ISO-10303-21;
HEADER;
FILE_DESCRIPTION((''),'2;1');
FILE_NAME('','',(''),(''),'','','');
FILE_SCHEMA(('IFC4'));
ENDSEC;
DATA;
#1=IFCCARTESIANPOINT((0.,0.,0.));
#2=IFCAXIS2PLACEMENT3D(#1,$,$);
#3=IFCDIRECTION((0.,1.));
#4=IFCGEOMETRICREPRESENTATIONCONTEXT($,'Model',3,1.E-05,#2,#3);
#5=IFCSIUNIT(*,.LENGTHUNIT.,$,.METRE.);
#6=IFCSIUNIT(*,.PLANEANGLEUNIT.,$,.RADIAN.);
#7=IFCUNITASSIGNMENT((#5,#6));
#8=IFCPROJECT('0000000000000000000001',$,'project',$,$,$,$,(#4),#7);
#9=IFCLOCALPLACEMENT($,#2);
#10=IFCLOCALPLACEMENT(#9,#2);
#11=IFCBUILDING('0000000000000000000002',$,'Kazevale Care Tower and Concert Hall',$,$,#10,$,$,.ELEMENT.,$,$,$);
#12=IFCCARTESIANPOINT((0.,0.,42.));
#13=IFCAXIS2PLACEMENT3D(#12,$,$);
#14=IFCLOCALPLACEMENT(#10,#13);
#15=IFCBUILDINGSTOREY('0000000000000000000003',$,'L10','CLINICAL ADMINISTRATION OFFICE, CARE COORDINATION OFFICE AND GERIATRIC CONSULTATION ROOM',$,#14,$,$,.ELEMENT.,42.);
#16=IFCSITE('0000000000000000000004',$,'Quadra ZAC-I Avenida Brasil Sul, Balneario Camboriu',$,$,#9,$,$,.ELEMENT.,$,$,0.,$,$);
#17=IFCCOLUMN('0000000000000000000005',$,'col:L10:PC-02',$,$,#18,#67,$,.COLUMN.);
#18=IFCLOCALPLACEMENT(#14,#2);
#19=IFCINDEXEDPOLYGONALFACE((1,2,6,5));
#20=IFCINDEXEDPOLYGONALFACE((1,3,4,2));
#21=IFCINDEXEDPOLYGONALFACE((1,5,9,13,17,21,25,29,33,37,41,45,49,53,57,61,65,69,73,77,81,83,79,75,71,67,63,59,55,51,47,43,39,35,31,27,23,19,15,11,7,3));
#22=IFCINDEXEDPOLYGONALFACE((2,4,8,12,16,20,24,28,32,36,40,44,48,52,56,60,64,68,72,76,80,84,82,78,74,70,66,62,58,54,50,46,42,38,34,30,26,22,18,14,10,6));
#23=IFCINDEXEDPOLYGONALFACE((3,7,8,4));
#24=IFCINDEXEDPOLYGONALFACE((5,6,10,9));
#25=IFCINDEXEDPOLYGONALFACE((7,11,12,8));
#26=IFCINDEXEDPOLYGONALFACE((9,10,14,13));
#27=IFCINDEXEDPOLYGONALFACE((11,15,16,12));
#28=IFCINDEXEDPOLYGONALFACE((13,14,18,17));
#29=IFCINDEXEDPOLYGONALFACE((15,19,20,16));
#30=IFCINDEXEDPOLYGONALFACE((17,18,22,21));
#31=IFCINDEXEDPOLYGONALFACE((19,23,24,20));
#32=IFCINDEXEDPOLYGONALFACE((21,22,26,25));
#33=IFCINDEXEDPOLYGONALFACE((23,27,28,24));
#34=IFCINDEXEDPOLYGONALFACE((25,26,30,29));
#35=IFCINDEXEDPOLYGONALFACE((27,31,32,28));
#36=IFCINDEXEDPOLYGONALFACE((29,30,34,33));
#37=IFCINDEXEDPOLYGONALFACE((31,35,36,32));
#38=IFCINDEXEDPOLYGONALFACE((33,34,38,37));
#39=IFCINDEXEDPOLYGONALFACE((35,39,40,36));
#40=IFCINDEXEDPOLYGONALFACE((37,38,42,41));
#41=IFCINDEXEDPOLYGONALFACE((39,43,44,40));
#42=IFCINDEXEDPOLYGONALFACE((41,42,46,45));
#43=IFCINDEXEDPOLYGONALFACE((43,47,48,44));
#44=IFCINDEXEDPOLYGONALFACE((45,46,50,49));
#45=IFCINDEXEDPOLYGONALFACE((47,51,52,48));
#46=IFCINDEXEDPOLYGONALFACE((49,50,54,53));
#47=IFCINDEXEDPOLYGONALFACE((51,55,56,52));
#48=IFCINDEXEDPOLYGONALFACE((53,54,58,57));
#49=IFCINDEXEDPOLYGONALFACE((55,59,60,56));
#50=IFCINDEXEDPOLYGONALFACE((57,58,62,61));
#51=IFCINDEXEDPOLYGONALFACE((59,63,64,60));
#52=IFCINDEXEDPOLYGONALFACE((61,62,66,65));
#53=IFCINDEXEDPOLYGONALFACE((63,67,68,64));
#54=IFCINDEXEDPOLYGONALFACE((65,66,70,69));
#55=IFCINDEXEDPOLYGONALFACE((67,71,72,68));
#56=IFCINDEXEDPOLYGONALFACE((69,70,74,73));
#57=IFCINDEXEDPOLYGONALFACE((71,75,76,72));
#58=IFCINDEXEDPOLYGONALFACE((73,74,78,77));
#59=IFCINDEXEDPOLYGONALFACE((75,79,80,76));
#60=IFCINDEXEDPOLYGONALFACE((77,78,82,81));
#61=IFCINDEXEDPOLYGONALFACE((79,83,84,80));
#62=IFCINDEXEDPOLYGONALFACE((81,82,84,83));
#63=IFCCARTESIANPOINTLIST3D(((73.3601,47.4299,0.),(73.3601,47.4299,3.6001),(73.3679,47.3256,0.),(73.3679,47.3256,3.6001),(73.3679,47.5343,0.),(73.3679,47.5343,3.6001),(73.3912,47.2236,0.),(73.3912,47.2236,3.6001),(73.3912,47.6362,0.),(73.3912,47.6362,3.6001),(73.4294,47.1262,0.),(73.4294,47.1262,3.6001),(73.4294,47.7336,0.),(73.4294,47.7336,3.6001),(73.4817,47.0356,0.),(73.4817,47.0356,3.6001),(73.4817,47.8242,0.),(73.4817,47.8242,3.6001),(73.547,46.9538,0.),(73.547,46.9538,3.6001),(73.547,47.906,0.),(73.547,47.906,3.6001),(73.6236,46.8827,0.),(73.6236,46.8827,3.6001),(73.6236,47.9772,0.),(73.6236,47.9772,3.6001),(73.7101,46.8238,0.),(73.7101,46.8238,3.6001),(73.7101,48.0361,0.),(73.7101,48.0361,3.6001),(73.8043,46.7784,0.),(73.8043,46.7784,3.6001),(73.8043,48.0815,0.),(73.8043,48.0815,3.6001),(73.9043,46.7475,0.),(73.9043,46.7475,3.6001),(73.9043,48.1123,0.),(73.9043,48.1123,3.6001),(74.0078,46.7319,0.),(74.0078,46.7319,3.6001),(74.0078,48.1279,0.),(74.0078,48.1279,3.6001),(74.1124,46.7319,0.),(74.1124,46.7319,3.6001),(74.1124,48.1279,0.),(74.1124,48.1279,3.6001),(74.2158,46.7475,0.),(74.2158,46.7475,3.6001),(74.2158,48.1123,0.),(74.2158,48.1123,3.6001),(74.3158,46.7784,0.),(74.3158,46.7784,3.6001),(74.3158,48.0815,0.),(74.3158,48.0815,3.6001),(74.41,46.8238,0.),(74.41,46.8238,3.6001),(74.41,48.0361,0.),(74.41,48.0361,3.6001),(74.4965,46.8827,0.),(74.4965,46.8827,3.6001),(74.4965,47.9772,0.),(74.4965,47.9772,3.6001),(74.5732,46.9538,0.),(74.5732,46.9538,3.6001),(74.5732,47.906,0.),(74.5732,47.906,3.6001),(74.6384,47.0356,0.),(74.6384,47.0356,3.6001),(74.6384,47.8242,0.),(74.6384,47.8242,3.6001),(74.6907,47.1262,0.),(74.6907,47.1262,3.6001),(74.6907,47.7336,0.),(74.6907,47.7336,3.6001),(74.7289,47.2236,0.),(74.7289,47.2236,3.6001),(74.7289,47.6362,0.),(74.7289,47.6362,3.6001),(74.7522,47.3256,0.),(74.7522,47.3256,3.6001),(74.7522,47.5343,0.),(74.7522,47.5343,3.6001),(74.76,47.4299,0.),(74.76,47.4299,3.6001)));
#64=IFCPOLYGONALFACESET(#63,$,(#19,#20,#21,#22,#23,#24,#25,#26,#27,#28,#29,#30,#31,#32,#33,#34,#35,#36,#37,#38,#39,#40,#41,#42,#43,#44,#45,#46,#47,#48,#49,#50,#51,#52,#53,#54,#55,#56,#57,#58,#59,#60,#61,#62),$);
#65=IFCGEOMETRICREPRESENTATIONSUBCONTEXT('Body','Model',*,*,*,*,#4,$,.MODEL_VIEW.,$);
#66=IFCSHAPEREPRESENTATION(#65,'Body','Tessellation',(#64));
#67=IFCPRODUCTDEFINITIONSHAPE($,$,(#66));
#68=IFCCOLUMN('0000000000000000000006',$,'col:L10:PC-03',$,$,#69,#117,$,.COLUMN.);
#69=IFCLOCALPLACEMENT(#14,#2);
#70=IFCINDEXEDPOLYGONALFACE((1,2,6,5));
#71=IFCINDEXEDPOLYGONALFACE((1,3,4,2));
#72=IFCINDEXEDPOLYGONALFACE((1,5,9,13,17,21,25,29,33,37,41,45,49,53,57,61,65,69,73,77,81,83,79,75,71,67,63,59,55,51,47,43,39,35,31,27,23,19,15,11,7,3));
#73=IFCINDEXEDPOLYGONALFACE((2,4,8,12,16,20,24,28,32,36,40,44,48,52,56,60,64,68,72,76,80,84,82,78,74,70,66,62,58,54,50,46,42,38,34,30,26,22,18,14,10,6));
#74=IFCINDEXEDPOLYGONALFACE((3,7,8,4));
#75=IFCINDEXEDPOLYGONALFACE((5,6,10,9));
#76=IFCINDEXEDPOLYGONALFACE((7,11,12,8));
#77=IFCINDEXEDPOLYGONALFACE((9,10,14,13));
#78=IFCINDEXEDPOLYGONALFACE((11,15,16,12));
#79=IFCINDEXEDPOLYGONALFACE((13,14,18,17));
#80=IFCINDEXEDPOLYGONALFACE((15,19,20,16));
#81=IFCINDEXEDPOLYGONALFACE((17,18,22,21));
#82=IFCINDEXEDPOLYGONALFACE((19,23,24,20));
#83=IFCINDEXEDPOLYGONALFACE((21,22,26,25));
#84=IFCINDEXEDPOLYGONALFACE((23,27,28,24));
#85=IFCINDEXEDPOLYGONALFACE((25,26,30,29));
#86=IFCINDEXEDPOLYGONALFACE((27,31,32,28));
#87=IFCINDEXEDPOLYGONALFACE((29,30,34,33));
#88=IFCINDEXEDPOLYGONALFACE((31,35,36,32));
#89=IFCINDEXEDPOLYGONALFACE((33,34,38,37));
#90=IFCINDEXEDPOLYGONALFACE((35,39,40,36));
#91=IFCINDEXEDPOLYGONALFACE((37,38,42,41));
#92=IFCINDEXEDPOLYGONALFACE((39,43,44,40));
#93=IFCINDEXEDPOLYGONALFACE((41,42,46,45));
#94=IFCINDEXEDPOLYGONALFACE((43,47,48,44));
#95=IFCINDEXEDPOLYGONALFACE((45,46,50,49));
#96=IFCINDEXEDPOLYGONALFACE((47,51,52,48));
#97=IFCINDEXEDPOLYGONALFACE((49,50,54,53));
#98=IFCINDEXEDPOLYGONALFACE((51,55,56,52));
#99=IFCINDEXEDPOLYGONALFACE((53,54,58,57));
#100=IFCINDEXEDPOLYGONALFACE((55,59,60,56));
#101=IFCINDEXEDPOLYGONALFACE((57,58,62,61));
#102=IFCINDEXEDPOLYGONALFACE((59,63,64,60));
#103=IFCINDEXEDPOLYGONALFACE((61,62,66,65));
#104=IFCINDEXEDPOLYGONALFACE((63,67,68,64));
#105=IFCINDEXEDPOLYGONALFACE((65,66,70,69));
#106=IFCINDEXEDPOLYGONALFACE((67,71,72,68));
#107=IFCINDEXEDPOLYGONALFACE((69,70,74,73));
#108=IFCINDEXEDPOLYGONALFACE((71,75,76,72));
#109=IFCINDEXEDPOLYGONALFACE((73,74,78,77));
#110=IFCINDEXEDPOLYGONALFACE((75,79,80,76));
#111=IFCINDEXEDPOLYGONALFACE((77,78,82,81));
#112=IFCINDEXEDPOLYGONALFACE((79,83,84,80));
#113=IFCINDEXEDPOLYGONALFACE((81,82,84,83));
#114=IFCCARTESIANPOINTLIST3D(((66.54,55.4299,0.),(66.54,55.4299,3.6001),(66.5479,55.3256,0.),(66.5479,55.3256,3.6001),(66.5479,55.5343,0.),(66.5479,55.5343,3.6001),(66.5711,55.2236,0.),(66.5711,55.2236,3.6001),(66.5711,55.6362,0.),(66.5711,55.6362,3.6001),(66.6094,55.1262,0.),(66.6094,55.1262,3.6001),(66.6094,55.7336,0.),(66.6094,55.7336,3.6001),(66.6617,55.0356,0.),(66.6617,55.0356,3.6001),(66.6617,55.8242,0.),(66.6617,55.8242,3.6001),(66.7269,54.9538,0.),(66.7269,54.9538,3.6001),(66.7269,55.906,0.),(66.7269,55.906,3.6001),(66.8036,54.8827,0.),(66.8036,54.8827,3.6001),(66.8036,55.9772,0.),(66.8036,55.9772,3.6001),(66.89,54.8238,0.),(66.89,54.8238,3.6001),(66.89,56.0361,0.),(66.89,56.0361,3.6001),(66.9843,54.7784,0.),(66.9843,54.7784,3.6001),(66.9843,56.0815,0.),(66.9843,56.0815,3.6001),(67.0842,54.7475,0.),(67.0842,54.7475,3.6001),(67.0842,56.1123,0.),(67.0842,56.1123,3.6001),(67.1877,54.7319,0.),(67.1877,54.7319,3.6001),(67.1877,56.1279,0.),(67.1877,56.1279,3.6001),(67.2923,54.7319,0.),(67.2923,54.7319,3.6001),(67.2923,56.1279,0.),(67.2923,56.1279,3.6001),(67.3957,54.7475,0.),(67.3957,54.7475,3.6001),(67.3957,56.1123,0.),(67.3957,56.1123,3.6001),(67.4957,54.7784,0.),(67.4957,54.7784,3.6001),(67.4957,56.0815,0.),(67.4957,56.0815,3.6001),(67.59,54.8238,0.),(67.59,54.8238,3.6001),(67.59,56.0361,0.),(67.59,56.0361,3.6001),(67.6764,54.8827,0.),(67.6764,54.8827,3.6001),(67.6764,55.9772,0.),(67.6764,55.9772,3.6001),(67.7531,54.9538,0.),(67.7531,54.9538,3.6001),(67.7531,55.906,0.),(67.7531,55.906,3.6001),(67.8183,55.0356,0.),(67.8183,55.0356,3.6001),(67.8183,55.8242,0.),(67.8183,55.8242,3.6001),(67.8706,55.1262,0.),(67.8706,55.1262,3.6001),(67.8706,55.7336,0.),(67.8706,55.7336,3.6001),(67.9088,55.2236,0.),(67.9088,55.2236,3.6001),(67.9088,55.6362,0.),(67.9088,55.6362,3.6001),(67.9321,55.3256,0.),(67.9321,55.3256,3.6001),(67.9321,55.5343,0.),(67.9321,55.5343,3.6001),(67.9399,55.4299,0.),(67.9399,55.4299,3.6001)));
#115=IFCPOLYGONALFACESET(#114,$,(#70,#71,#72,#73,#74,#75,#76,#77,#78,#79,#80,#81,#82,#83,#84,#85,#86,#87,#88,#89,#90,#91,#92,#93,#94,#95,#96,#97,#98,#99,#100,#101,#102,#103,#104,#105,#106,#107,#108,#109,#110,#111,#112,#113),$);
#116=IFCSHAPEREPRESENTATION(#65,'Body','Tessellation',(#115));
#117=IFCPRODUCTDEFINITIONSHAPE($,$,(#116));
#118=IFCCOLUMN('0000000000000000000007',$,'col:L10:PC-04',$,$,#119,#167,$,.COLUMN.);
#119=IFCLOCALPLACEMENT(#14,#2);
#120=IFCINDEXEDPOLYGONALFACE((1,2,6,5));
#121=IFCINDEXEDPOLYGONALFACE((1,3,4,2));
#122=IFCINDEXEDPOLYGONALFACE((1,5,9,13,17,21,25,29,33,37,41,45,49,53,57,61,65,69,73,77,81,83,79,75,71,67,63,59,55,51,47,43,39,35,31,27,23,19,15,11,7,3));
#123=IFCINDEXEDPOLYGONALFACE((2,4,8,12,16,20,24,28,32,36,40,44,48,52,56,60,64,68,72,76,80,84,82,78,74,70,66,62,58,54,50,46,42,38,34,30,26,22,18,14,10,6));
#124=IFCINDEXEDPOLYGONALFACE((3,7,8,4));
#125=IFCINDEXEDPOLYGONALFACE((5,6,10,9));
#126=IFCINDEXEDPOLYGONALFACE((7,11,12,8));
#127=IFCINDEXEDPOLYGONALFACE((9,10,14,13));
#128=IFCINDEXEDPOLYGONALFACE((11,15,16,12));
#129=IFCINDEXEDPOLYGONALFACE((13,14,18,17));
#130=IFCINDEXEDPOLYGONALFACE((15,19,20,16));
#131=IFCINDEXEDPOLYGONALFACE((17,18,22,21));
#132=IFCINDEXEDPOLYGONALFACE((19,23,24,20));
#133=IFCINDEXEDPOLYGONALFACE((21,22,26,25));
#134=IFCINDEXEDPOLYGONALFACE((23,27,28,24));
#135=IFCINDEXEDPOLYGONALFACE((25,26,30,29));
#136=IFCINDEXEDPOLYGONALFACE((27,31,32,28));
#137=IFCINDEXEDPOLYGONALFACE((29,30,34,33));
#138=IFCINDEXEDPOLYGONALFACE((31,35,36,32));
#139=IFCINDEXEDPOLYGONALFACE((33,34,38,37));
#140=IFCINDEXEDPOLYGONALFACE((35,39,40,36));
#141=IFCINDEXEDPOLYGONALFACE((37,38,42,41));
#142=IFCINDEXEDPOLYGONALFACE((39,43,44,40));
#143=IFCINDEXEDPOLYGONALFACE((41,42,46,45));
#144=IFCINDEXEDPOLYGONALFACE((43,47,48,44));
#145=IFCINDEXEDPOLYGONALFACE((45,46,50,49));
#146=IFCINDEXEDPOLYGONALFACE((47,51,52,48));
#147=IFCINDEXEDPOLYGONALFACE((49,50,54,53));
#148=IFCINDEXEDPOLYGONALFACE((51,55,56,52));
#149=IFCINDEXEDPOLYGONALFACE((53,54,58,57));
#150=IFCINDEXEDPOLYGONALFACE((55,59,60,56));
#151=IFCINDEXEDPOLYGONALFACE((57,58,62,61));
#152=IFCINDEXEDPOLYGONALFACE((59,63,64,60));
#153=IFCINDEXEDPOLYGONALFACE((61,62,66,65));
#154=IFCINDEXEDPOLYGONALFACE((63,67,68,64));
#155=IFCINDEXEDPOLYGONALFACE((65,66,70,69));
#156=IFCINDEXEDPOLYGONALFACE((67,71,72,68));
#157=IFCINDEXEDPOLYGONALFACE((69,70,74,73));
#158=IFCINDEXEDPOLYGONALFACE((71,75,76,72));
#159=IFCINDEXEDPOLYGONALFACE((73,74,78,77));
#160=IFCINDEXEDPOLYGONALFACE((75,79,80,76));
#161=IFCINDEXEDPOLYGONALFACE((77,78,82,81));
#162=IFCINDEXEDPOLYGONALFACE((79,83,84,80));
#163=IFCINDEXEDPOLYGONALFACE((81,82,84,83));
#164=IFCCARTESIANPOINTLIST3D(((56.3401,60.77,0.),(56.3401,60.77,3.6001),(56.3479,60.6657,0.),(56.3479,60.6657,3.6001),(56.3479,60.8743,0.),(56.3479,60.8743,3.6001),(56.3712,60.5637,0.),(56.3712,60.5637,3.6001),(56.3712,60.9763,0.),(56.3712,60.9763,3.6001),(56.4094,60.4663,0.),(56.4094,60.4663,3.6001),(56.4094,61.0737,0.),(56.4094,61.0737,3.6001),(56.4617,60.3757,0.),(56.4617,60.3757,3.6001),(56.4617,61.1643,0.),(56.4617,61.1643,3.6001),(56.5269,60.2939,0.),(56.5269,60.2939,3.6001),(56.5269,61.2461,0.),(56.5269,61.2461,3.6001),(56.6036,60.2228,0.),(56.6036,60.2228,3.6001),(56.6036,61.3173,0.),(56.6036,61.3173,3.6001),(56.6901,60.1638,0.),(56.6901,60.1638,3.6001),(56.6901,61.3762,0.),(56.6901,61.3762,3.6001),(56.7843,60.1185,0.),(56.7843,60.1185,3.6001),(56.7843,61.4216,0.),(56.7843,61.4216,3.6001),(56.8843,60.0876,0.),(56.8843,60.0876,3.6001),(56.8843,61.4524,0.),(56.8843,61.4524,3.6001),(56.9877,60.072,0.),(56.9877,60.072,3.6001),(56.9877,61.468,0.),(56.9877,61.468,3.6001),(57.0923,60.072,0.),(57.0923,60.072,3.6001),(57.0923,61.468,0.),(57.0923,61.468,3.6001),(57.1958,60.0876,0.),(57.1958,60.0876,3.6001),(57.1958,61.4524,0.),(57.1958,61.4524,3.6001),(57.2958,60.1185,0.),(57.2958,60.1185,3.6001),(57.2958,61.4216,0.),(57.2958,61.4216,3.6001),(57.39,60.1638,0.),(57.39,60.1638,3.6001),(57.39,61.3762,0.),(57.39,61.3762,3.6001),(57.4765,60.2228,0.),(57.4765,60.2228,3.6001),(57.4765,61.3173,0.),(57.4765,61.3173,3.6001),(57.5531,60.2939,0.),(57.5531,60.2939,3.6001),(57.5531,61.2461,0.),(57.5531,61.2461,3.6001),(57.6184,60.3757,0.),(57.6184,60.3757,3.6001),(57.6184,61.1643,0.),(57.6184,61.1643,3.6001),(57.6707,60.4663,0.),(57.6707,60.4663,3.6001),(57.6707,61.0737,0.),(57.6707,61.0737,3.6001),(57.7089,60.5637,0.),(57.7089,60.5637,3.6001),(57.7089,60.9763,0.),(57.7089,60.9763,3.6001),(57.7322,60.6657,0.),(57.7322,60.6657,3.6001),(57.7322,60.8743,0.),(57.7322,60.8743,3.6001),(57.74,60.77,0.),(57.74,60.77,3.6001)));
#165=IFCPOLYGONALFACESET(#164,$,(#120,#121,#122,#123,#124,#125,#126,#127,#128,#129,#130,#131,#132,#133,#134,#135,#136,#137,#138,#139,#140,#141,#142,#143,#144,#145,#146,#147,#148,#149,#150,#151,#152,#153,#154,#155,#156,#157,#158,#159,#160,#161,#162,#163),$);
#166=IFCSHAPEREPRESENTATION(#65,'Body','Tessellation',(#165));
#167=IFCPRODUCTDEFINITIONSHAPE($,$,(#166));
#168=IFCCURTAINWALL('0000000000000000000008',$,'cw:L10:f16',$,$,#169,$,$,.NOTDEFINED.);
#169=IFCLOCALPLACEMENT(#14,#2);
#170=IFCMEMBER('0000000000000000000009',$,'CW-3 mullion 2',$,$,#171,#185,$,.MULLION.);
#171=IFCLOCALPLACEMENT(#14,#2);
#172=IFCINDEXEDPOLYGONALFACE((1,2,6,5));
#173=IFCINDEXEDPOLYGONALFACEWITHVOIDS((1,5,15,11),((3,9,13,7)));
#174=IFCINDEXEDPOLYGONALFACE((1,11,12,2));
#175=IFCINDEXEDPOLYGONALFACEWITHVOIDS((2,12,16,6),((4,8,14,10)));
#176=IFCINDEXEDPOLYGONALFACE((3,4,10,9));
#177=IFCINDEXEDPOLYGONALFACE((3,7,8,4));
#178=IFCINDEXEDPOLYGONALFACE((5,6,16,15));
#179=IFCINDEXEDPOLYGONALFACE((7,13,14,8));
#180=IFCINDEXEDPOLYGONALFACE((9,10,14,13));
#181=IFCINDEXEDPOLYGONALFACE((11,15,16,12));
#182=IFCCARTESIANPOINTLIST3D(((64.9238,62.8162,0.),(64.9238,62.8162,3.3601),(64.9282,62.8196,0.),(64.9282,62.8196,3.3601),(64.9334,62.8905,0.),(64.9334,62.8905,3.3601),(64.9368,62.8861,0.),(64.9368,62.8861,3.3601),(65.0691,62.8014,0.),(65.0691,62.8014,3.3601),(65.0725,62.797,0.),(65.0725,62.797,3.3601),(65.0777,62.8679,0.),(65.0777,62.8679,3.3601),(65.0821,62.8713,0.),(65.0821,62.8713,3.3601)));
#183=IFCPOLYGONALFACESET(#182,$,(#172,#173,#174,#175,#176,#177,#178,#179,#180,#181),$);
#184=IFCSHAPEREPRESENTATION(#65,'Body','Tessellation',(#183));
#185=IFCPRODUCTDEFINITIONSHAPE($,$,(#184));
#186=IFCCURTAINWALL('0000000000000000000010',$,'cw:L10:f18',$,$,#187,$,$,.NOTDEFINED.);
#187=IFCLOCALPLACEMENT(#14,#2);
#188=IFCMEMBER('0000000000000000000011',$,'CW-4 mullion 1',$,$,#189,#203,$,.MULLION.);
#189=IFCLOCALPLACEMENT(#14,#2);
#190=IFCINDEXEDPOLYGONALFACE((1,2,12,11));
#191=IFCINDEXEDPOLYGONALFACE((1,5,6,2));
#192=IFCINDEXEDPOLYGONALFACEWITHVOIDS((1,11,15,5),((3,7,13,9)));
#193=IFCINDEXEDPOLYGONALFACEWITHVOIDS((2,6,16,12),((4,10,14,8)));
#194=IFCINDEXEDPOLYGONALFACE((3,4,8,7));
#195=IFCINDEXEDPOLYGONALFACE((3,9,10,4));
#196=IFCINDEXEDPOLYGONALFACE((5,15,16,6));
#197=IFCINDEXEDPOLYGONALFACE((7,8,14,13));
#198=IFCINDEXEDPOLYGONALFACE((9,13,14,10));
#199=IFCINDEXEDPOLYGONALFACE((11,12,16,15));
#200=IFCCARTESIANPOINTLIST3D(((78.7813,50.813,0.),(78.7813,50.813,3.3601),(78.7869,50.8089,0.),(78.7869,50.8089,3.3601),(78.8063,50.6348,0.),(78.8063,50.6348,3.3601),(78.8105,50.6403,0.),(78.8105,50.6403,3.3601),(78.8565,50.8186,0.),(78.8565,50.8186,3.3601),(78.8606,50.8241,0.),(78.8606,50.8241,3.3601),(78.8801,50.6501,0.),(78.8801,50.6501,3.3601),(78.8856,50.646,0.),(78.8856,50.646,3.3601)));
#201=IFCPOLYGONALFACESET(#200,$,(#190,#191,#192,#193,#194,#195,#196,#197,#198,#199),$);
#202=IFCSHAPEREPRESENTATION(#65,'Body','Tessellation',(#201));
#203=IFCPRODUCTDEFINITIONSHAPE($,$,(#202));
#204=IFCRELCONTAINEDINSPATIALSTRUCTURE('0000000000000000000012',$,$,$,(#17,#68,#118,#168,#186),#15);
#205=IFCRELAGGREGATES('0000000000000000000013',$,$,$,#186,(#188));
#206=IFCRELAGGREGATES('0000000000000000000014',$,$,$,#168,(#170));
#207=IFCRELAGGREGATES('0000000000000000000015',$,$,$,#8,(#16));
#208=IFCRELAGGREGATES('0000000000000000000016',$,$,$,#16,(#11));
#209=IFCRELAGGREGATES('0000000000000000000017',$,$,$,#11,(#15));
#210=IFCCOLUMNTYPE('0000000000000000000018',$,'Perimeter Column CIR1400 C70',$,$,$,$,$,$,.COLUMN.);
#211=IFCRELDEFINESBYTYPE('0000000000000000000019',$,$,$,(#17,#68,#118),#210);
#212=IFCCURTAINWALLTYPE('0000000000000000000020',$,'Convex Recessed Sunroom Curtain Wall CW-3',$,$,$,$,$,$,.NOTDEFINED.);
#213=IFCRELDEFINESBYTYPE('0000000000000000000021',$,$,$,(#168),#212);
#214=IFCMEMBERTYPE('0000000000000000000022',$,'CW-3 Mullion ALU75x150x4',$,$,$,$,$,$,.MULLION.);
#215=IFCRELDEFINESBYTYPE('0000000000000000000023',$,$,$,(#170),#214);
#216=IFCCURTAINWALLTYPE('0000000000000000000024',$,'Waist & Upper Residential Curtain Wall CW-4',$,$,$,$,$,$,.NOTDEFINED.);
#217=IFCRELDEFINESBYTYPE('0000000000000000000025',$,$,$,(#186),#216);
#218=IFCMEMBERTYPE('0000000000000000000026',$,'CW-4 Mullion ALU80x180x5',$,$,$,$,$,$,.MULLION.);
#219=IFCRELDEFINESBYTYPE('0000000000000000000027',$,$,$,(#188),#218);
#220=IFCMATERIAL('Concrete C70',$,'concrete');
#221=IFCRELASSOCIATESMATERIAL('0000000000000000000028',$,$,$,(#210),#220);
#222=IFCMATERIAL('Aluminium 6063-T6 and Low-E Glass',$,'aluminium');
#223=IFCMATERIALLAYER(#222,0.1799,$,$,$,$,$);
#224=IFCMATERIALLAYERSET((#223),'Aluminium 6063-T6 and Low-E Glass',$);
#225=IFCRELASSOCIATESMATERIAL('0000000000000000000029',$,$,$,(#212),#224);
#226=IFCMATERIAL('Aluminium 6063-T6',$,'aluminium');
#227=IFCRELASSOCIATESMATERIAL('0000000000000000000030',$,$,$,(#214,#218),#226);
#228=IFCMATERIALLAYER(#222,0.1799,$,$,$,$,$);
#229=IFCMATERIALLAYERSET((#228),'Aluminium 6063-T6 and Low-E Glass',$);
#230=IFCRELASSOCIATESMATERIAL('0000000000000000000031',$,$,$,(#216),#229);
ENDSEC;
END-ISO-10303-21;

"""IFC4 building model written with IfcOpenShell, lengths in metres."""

from ifc_helpers import new_model, si_unit, direction, frame, origin, origin_2d, place, context, subcontext, project, spatial, hollow_rectangle, circle, extrude, material, layer, layer_set, material_profile, profile_set, type_object, element, aggregate, save


model = new_model("IFC4")

# Units and contexts
model_context = context("Model", 3, precision=1e-05, world=origin(), true_north=direction((0.0, 1.0)))
body_context = subcontext(model_context, "Body", "Model", "MODEL_VIEW")
ifc_project = project(units=[si_unit("LENGTHUNIT", "METRE"), si_unit("PLANEANGLEUNIT", "RADIAN")], contexts=[model_context])

# Site, building, storey
site_placement = place(None, origin())
site = spatial("IfcSite", under=ifc_project, at=site_placement, Name="Quadra ZAC-I Avenida Brasil Sul, Balneario Camboriu", CompositionType="ELEMENT", RefElevation=0.0)
building_placement = place(site_placement, origin())
building = spatial("IfcBuilding", under=site, at=building_placement, Name="Kazevale Care Tower and Concert Hall", CompositionType="ELEMENT")
storey_placement = place(building_placement, frame((0.0, 0.0, 42.0)))
storey = spatial("IfcBuildingStorey", under=building, at=storey_placement, Name="L10", Description="CLINICAL ADMINISTRATION OFFICE, CARE COORDINATION OFFICE AND GERIATRIC CONSULTATION ROOM", CompositionType="ELEMENT", Elevation=42.0)

# Columns
ifc_material_1 = material(Name="Concrete C70", Category="concrete")
ifc_material_profile_1 = material_profile(ifc_material_1, circle(Radius=0.7, at=origin_2d()), Name="RC-CIR1400")
ifc_profile_set_1 = profile_set([ifc_material_profile_1], Name="Concrete C70")
column_type = type_object("IfcColumnType", Name="Perimeter Column CIR1400 C70", PredefinedType="COLUMN", material=ifc_profile_set_1)
for number, where, z_axis, x_axis, name in (
    (1, (74.0601, 47.4299, 0.0), (0.0, 0.0, 1.0), (1.0, 0.0, 0.0), "col:L10:PC-02"),
    (2, (67.24, 55.4299, 0.0), (0.0, 0.0, 1.0), (1.0, 0.0, 0.0), "col:L10:PC-03"),
    (3, (57.04, 60.77, 0.0), (0.0, 0.0, 1.0), (1.0, 0.0, 0.0), "col:L10:PC-04"),
):
    element("IfcColumn", number, at=place(storey_placement, frame(where, z_axis=z_axis, x_axis=x_axis)), inside=storey, type_object=column_type, Name=name, PredefinedType="COLUMN", context=body_context, shape_type="SweptSolid", body=[
        extrude(circle(Radius=0.7, at=origin_2d()), origin(), (0.0, 0.0, 1.0), 3.6001),
    ])

# Curtain wall, member
ifc_material_2 = material(Name="Aluminium 6063-T6 and Low-E Glass", Category="aluminium")
ifc_layer_1 = layer(ifc_material_2, 0.1799)
ifc_layer_set_1 = layer_set([ifc_layer_1], Name="Aluminium 6063-T6 and Low-E Glass")
curtain_wall_type_1 = type_object("IfcCurtainWallType", Name="Convex Recessed Sunroom Curtain Wall CW-3", PredefinedType="NOTDEFINED", material=ifc_layer_set_1)
curtain_wall_1_placement = place(storey_placement, origin())
curtain_wall_1 = element("IfcCurtainWall", 4, at=curtain_wall_1_placement, inside=storey, type_object=curtain_wall_type_1, Name="cw:L10:f16", PredefinedType="NOTDEFINED")
ifc_material_3 = material(Name="Aluminium 6063-T6", Category="aluminium")
ifc_material_profile_2 = material_profile(ifc_material_3, hollow_rectangle(XDim=0.075, YDim=0.1499, WallThickness=0.0039, at=origin_2d()), Name="ALU75x150x4")
ifc_profile_set_2 = profile_set([ifc_material_profile_2], Name="Aluminium 6063-T6")
member_type_1 = type_object("IfcMemberType", Name="CW-3 Mullion ALU75x150x4", PredefinedType="MULLION", material=ifc_profile_set_2)
member_1_placement = place(storey_placement, frame((65.0029, 62.8438, 0.0), z_axis=(0.0, 0.0, 1.0), x_axis=(0.128086, 0.991763, 0.0)))
member_1 = element("IfcMember", 5, at=member_1_placement, type_object=member_type_1, Name="CW-3 mullion 2", PredefinedType="MULLION", context=body_context, shape_type="SweptSolid", body=[
    extrude(hollow_rectangle(XDim=0.075, YDim=0.1499, WallThickness=0.0039, at=origin_2d()), origin(), (0.0, 0.0, 1.0), 3.3601),
])

# Curtain wall, member
ifc_layer_2 = layer(ifc_material_2, 0.1799)
ifc_layer_set_2 = layer_set([ifc_layer_2], Name="Aluminium 6063-T6 and Low-E Glass")
curtain_wall_type_2 = type_object("IfcCurtainWallType", Name="Waist & Upper Residential Curtain Wall CW-4", PredefinedType="NOTDEFINED", material=ifc_layer_set_2)
curtain_wall_2_placement = place(storey_placement, origin())
curtain_wall_2 = element("IfcCurtainWall", 6, at=curtain_wall_2_placement, inside=storey, type_object=curtain_wall_type_2, Name="cw:L10:f18", PredefinedType="NOTDEFINED")
ifc_material_profile_3 = material_profile(ifc_material_3, hollow_rectangle(XDim=0.0801, YDim=0.1799, WallThickness=0.0049, at=origin_2d()), Name="ALU80x180x5")
ifc_profile_set_3 = profile_set([ifc_material_profile_3], Name="Aluminium 6063-T6")
member_type_2 = type_object("IfcMemberType", Name="CW-4 Mullion ALU80x180x5", PredefinedType="MULLION", material=ifc_profile_set_3)
member_2_placement = place(storey_placement, frame((78.8335, 50.7295, 0.0), z_axis=(0.0, 0.0, 1.0), x_axis=(0.990295, 0.138978, 0.0)))
member_2 = element("IfcMember", 7, at=member_2_placement, type_object=member_type_2, Name="CW-4 mullion 1", PredefinedType="MULLION", context=body_context, shape_type="SweptSolid", body=[
    extrude(hollow_rectangle(XDim=0.0801, YDim=0.1799, WallThickness=0.0049, at=origin_2d()), origin(), (0.0, 0.0, 1.0), 3.3601),
])
aggregate(curtain_wall_2, [member_2])

aggregate(curtain_wall_1, [member_1])

save(model, "model.ifc")
